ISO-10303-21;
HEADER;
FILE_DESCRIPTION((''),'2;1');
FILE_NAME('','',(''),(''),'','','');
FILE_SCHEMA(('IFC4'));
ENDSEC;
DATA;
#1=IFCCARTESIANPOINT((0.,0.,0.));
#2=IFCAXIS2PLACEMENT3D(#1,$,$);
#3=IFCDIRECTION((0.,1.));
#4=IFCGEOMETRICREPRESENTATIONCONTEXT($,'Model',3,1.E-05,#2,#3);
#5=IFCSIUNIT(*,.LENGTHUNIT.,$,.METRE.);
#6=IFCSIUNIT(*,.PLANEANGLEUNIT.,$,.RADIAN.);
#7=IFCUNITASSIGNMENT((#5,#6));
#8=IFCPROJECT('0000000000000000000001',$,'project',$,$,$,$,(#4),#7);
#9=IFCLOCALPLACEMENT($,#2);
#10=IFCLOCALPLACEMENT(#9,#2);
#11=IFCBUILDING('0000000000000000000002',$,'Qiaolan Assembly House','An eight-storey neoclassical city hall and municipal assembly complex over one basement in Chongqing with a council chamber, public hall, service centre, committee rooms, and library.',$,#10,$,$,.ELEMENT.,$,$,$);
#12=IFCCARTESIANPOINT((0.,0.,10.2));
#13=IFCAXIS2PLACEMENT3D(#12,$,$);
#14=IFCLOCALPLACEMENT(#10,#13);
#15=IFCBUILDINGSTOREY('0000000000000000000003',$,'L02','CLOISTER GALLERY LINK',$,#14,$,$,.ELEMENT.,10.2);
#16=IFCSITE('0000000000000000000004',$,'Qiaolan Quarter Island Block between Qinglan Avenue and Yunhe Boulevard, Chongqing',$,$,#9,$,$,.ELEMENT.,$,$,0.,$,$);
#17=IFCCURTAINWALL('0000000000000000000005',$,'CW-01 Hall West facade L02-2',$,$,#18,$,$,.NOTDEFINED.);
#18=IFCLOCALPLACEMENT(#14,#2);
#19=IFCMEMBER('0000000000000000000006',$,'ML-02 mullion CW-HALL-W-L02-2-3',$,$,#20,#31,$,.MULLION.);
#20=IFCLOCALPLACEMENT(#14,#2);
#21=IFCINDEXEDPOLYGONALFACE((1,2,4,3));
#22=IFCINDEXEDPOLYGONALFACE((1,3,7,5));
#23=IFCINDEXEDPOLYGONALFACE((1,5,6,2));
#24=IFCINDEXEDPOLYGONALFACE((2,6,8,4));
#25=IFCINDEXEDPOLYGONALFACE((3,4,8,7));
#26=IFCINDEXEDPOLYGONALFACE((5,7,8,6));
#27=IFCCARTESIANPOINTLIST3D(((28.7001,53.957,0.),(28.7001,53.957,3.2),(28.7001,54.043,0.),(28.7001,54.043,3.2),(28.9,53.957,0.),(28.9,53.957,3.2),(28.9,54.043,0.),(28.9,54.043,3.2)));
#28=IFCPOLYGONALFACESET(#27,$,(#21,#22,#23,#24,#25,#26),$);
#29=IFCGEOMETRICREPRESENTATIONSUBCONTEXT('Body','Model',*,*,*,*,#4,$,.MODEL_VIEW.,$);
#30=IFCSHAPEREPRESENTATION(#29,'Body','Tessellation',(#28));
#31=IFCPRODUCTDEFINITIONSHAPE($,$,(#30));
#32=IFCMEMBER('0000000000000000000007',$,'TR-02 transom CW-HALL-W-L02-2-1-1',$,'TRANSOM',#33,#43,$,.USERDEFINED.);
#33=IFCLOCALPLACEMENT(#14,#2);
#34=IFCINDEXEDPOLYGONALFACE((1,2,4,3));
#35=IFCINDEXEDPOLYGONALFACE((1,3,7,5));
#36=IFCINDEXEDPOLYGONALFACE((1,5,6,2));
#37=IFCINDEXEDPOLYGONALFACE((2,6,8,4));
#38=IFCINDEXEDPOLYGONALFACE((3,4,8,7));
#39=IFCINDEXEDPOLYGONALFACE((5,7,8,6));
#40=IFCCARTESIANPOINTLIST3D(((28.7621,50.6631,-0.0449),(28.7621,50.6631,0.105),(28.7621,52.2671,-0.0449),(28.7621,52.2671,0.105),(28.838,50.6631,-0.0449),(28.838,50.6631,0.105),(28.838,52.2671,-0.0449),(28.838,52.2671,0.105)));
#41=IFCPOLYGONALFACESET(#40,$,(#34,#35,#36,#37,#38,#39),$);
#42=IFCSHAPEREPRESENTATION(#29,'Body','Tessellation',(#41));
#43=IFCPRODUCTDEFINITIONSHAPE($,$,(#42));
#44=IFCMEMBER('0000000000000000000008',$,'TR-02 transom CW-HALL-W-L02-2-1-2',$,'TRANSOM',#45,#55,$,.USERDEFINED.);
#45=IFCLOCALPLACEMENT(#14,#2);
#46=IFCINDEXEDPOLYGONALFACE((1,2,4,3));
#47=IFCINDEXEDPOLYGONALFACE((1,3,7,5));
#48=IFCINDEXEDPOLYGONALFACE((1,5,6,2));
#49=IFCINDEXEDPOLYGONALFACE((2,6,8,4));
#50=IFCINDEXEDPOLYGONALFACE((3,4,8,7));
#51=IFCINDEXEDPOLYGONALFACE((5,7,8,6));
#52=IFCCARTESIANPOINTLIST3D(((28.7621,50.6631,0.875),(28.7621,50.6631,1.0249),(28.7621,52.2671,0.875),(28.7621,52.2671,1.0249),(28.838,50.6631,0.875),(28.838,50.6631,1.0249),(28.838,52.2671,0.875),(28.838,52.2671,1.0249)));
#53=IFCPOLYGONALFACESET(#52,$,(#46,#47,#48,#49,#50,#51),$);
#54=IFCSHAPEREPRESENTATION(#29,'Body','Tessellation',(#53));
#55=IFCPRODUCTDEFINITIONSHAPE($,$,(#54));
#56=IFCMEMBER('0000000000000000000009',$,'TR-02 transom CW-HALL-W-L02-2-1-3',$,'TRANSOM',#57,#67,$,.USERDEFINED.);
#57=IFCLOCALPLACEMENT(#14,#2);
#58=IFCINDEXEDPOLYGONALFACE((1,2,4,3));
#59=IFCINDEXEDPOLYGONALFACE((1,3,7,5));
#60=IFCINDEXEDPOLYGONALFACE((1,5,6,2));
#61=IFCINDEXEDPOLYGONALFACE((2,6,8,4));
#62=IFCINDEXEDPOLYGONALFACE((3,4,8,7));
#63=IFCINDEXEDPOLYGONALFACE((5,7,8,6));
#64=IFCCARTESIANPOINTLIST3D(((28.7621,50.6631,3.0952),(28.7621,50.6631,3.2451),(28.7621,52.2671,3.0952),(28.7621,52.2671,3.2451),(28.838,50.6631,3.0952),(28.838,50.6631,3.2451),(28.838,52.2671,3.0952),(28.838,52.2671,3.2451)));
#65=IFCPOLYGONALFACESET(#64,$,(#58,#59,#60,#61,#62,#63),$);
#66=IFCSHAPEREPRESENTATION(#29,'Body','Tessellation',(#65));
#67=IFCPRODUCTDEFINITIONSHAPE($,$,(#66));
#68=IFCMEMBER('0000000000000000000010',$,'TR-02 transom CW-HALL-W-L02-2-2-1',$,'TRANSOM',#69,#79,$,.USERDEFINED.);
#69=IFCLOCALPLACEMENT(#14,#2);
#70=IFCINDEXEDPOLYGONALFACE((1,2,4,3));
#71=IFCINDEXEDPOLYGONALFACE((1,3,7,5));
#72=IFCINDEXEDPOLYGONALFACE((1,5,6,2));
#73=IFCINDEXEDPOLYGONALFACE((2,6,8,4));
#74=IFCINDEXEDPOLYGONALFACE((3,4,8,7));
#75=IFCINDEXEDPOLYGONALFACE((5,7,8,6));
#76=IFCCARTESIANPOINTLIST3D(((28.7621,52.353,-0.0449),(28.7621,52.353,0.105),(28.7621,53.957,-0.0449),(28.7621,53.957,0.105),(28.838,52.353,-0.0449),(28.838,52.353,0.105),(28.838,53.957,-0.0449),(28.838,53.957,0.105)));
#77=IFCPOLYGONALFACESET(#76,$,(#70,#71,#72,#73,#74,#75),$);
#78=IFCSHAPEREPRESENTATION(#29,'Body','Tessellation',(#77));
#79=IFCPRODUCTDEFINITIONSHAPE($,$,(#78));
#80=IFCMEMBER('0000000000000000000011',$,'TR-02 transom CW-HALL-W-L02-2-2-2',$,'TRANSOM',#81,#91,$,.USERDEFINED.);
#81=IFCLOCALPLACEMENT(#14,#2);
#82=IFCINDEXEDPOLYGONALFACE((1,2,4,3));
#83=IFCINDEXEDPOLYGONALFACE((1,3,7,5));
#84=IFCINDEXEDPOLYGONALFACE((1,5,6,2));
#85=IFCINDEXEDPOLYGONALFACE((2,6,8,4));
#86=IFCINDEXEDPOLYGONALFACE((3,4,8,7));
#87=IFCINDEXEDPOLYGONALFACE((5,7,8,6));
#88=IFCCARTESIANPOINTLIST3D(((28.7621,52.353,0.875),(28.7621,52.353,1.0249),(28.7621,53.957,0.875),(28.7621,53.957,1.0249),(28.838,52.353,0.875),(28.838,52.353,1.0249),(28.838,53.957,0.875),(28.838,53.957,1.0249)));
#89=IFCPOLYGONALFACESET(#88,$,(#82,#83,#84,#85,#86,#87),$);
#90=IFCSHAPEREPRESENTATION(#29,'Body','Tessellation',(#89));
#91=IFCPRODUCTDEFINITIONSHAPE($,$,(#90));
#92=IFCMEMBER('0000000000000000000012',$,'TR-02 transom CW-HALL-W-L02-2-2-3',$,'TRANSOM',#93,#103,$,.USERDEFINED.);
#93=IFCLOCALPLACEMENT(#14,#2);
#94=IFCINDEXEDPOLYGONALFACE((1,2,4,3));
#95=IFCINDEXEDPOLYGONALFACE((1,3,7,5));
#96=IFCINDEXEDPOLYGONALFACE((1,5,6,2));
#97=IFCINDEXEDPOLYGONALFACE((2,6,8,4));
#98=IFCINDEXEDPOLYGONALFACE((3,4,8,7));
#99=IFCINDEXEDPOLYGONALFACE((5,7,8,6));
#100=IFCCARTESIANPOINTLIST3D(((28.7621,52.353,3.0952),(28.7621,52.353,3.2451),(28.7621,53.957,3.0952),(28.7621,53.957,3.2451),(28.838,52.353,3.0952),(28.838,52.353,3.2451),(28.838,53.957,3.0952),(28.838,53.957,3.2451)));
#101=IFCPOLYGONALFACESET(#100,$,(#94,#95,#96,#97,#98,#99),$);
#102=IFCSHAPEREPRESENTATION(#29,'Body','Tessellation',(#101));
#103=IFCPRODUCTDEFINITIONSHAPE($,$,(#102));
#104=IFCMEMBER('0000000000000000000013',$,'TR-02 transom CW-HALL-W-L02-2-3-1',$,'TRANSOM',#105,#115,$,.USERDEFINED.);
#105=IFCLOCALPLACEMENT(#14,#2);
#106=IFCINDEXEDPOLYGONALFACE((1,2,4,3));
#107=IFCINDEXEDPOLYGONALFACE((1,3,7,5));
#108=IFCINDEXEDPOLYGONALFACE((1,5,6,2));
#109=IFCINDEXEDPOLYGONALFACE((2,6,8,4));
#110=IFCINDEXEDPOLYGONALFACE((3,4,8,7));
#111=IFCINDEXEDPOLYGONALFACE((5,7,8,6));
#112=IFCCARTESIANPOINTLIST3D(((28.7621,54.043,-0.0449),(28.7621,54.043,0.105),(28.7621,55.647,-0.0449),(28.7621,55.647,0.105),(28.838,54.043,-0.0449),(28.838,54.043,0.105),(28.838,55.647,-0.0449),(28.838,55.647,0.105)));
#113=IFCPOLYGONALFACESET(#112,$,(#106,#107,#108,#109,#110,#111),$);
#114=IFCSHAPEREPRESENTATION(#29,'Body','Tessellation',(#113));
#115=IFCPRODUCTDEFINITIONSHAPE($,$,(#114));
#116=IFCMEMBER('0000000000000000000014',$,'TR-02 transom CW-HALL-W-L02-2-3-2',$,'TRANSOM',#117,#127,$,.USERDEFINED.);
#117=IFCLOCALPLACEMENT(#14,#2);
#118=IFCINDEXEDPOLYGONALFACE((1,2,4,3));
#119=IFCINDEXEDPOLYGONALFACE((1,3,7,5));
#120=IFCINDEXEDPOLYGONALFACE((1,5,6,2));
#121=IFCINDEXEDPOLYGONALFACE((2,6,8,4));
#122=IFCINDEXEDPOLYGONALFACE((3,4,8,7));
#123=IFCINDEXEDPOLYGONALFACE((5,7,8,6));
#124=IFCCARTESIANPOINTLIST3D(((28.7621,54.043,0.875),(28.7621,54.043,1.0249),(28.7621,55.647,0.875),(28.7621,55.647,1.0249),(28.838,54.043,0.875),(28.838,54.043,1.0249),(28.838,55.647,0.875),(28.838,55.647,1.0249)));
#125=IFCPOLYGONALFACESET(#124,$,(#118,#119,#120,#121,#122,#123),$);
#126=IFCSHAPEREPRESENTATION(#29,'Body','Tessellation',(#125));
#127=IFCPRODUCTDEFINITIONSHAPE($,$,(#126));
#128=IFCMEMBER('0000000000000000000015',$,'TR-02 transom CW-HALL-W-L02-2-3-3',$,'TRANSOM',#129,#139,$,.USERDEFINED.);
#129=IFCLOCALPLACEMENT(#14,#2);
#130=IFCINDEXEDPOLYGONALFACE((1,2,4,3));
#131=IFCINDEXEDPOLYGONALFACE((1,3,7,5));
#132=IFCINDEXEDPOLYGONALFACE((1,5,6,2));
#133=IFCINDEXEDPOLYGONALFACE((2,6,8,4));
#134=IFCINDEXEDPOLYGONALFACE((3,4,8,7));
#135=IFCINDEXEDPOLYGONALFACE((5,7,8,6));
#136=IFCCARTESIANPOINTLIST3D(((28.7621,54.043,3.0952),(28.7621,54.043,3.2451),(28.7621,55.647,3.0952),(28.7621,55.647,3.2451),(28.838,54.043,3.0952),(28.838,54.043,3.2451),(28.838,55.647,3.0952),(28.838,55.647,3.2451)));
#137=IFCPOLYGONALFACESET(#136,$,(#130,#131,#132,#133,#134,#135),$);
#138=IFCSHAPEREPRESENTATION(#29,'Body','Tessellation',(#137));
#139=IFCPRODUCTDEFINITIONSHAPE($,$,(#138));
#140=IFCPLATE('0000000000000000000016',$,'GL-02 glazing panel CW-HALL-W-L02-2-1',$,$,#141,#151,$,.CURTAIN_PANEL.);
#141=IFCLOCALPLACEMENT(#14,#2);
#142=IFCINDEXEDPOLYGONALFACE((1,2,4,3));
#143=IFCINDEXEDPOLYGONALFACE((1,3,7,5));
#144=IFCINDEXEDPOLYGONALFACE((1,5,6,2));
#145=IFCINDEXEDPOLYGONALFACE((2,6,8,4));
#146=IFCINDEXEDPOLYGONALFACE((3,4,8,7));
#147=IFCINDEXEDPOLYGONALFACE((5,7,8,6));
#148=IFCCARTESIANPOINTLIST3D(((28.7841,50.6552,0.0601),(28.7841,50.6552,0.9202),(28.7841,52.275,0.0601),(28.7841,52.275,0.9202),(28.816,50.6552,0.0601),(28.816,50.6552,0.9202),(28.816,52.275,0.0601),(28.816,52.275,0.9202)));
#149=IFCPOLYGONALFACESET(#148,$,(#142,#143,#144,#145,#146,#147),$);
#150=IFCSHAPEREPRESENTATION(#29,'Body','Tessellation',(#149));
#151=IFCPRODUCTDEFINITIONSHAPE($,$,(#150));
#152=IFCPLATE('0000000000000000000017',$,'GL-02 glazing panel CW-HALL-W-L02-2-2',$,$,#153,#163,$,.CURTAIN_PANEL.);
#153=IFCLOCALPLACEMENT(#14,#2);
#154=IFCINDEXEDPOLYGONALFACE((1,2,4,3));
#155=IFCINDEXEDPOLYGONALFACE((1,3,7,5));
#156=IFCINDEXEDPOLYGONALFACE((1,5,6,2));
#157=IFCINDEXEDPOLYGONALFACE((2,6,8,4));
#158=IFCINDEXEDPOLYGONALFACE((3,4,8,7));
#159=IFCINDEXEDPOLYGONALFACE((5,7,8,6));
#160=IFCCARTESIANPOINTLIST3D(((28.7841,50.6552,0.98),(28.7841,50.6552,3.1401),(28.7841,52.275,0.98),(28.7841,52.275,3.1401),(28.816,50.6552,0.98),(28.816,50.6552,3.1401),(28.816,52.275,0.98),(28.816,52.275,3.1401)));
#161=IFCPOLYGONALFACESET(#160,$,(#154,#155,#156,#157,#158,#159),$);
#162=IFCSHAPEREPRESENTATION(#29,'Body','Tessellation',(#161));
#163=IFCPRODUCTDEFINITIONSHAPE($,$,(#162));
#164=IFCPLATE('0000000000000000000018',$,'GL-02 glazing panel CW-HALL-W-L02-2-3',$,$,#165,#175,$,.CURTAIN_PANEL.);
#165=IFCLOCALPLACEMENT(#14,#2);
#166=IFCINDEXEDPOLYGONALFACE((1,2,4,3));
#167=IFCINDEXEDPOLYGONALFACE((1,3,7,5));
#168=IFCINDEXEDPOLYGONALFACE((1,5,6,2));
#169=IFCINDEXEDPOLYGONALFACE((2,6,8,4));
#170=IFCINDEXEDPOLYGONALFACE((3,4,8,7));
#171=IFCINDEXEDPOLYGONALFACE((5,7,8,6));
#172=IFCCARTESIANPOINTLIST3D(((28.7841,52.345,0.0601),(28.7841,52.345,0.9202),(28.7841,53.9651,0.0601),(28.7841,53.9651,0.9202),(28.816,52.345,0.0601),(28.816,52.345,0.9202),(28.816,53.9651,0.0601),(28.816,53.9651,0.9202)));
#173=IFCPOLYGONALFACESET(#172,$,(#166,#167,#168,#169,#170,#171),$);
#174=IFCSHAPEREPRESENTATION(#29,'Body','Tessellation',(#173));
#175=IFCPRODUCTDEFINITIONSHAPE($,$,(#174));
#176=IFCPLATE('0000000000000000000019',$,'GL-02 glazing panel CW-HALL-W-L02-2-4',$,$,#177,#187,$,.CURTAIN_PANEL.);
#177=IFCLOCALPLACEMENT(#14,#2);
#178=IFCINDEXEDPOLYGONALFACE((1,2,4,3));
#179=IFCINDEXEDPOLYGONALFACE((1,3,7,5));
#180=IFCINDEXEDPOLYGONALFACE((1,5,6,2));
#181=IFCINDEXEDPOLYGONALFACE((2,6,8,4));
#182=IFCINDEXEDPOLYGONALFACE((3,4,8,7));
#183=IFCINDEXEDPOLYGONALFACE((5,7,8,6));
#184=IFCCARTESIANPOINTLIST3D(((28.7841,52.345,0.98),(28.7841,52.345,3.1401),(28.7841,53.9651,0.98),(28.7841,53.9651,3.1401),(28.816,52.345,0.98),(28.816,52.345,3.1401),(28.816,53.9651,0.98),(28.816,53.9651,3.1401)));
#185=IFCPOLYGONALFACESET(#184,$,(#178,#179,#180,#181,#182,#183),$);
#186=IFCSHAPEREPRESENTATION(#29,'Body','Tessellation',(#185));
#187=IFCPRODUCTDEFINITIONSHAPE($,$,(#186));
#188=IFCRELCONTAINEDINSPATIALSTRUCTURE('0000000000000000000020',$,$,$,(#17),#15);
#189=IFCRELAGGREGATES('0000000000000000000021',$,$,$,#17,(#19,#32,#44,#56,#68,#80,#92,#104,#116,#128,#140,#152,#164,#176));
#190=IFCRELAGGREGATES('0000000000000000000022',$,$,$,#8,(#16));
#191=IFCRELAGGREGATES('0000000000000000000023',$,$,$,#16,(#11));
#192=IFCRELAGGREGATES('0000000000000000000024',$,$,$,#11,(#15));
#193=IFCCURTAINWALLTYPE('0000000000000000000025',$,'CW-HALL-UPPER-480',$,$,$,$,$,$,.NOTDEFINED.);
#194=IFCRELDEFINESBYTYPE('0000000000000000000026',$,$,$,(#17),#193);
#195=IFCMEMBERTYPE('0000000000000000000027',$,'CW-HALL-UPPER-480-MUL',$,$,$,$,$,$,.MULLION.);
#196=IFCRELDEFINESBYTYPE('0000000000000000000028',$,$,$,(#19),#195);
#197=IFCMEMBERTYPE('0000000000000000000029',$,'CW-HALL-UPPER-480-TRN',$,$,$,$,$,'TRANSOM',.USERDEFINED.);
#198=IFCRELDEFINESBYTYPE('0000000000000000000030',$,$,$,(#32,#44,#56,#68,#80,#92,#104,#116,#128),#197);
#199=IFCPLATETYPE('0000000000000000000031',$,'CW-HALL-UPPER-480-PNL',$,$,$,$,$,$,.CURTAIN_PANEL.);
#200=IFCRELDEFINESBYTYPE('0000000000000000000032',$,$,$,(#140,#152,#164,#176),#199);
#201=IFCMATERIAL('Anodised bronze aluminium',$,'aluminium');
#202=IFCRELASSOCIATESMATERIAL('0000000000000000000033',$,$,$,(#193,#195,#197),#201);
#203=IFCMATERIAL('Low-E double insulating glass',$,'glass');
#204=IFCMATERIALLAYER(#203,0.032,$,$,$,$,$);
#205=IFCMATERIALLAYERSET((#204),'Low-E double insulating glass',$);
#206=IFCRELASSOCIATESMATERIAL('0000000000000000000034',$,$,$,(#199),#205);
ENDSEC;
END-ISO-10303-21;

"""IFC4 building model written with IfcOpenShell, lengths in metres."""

from ifc_helpers import new_model, si_unit, direction, frame, frame_2d, origin, origin_2d, place, context, subcontext, project, spatial, rectangle, extrude, material, layer, layer_set, material_profile, profile_set, type_object, element, aggregate, save


model = new_model("IFC4")

# Units and contexts
model_context = context("Model", 3, precision=1e-05, world=origin(), true_north=direction((0.0, 1.0)))
body_context = subcontext(model_context, "Body", "Model", "MODEL_VIEW")
ifc_project = project(units=[si_unit("LENGTHUNIT", "METRE"), si_unit("PLANEANGLEUNIT", "RADIAN")], contexts=[model_context])

# Site, building, storey
site_placement = place(None, origin())
site = spatial("IfcSite", under=ifc_project, at=site_placement, Name="Qiaolan Quarter Island Block between Qinglan Avenue and Yunhe Boulevard, Chongqing", CompositionType="ELEMENT", RefElevation=0.0)
building_placement = place(site_placement, origin())
building = spatial("IfcBuilding", under=site, at=building_placement, Name="Qiaolan Assembly House", Description="An eight-storey neoclassical city hall and municipal assembly complex over one basement in Chongqing with a council chamber, public hall, service centre, committee rooms, and library.", CompositionType="ELEMENT")
storey_placement = place(building_placement, frame((0.0, 0.0, 10.2)))
storey = spatial("IfcBuildingStorey", under=building, at=storey_placement, Name="L02", Description="CLOISTER GALLERY LINK", CompositionType="ELEMENT", Elevation=10.2)

# Shared definitions
ifc_material_1 = material(Name="Anodised bronze aluminium", Category="aluminium")
curtain_wall_type = type_object("IfcCurtainWallType", Name="CW-HALL-UPPER-480", PredefinedType="NOTDEFINED", material=ifc_material_1)
ifc_material_profile_1 = material_profile(ifc_material_1, rectangle(XDim=0.0859, YDim=0.2, at=origin_2d()), Name="MUL 86x200")
ifc_profile_set_1 = profile_set([ifc_material_profile_1], Name="Anodised bronze aluminium")
member_type_1 = type_object("IfcMemberType", Name="CW-HALL-UPPER-480-MUL", PredefinedType="MULLION", material=ifc_profile_set_1)

# Curtain wall, members, plates
curtain_wall_1_placement = place(storey_placement, origin())
curtain_wall_1 = element("IfcCurtainWall", 1, at=curtain_wall_1_placement, inside=storey, type_object=curtain_wall_type, Name="CW-01 Hall West facade L02-2", PredefinedType="NOTDEFINED")
member_1_placement = place(storey_placement, frame((28.8, 54.0, 0.0), z_axis=(0.0, 0.0, 1.0), x_axis=(0.0, 1.0, 0.0)))
member_1 = element("IfcMember", 2, at=member_1_placement, type_object=member_type_1, Name="ML-02 mullion CW-HALL-W-L02-2-3", PredefinedType="MULLION", context=body_context, shape_type="SweptSolid", body=[
    extrude(rectangle(XDim=0.0859, YDim=0.2, at=origin_2d()), origin(), (0.0, 0.0, 1.0), 3.2),
])
ifc_material_profile_2 = material_profile(ifc_material_1, rectangle(XDim=0.0759, YDim=0.1499, at=origin_2d()), Name="TRN 76x150")
ifc_profile_set_2 = profile_set([ifc_material_profile_2], Name="Anodised bronze aluminium")
member_type_2 = type_object("IfcMemberType", Name="CW-HALL-UPPER-480-TRN", ElementType="TRANSOM", PredefinedType="USERDEFINED", material=ifc_profile_set_2)
member_2_placement = place(storey_placement, frame((28.8, 50.6631, 0.03), z_axis=(0.0, 1.0, 0.0), x_axis=(-1.0, 0.0, 0.0)))
member_2 = element("IfcMember", 3, at=member_2_placement, type_object=member_type_2, Name="TR-02 transom CW-HALL-W-L02-2-1-1", ObjectType="TRANSOM", PredefinedType="USERDEFINED", context=body_context, shape_type="SweptSolid", body=[
    extrude(rectangle(XDim=0.0759, YDim=0.1499, at=origin_2d()), origin(), (0.0, 0.0, 1.0), 1.604),
])
member_3_placement = place(storey_placement, frame((28.8, 50.6631, 0.95), z_axis=(0.0, 1.0, 0.0), x_axis=(-1.0, 0.0, 0.0)))
member_3 = element("IfcMember", 4, at=member_3_placement, type_object=member_type_2, Name="TR-02 transom CW-HALL-W-L02-2-1-2", ObjectType="TRANSOM", PredefinedType="USERDEFINED", context=body_context, shape_type="SweptSolid", body=[
    extrude(rectangle(XDim=0.0759, YDim=0.1499, at=origin_2d()), origin(), (0.0, 0.0, 1.0), 1.604),
])
member_4_placement = place(storey_placement, frame((28.8, 50.6631, 3.1702), z_axis=(0.0, 1.0, 0.0), x_axis=(-1.0, 0.0, 0.0)))
member_4 = element("IfcMember", 5, at=member_4_placement, type_object=member_type_2, Name="TR-02 transom CW-HALL-W-L02-2-1-3", ObjectType="TRANSOM", PredefinedType="USERDEFINED", context=body_context, shape_type="SweptSolid", body=[
    extrude(rectangle(XDim=0.0759, YDim=0.1499, at=origin_2d()), origin(), (0.0, 0.0, 1.0), 1.604),
])
member_5_placement = place(storey_placement, frame((28.8, 52.353, 0.03), z_axis=(0.0, 1.0, 0.0), x_axis=(-1.0, 0.0, 0.0)))
member_5 = element("IfcMember", 6, at=member_5_placement, type_object=member_type_2, Name="TR-02 transom CW-HALL-W-L02-2-2-1", ObjectType="TRANSOM", PredefinedType="USERDEFINED", context=body_context, shape_type="SweptSolid", body=[
    extrude(rectangle(XDim=0.0759, YDim=0.1499, at=origin_2d()), origin(), (0.0, 0.0, 1.0), 1.604),
])
member_6_placement = place(storey_placement, frame((28.8, 52.353, 0.95), z_axis=(0.0, 1.0, 0.0), x_axis=(-1.0, 0.0, 0.0)))
member_6 = element("IfcMember", 7, at=member_6_placement, type_object=member_type_2, Name="TR-02 transom CW-HALL-W-L02-2-2-2", ObjectType="TRANSOM", PredefinedType="USERDEFINED", context=body_context, shape_type="SweptSolid", body=[
    extrude(rectangle(XDim=0.0759, YDim=0.1499, at=origin_2d()), origin(), (0.0, 0.0, 1.0), 1.604),
])
member_7_placement = place(storey_placement, frame((28.8, 52.353, 3.1702), z_axis=(0.0, 1.0, 0.0), x_axis=(-1.0, 0.0, 0.0)))
member_7 = element("IfcMember", 8, at=member_7_placement, type_object=member_type_2, Name="TR-02 transom CW-HALL-W-L02-2-2-3", ObjectType="TRANSOM", PredefinedType="USERDEFINED", context=body_context, shape_type="SweptSolid", body=[
    extrude(rectangle(XDim=0.0759, YDim=0.1499, at=origin_2d()), origin(), (0.0, 0.0, 1.0), 1.604),
])
member_8_placement = place(storey_placement, frame((28.8, 54.043, 0.03), z_axis=(0.0, 1.0, 0.0), x_axis=(-1.0, 0.0, 0.0)))
member_8 = element("IfcMember", 9, at=member_8_placement, type_object=member_type_2, Name="TR-02 transom CW-HALL-W-L02-2-3-1", ObjectType="TRANSOM", PredefinedType="USERDEFINED", context=body_context, shape_type="SweptSolid", body=[
    extrude(rectangle(XDim=0.0759, YDim=0.1499, at=origin_2d()), origin(), (0.0, 0.0, 1.0), 1.604),
])
member_9_placement = place(storey_placement, frame((28.8, 54.043, 0.95), z_axis=(0.0, 1.0, 0.0), x_axis=(-1.0, 0.0, 0.0)))
member_9 = element("IfcMember", 10, at=member_9_placement, type_object=member_type_2, Name="TR-02 transom CW-HALL-W-L02-2-3-2", ObjectType="TRANSOM", PredefinedType="USERDEFINED", context=body_context, shape_type="SweptSolid", body=[
    extrude(rectangle(XDim=0.0759, YDim=0.1499, at=origin_2d()), origin(), (0.0, 0.0, 1.0), 1.604),
])
member_10_placement = place(storey_placement, frame((28.8, 54.043, 3.1702), z_axis=(0.0, 1.0, 0.0), x_axis=(-1.0, 0.0, 0.0)))
member_10 = element("IfcMember", 11, at=member_10_placement, type_object=member_type_2, Name="TR-02 transom CW-HALL-W-L02-2-3-3", ObjectType="TRANSOM", PredefinedType="USERDEFINED", context=body_context, shape_type="SweptSolid", body=[
    extrude(rectangle(XDim=0.0759, YDim=0.1499, at=origin_2d()), origin(), (0.0, 0.0, 1.0), 1.604),
])
ifc_material_2 = material(Name="Low-E double insulating glass", Category="glass")
ifc_layer = layer(ifc_material_2, 0.032)
ifc_layer_set = layer_set([ifc_layer], Name="Low-E double insulating glass")
plate_type = type_object("IfcPlateType", Name="CW-HALL-UPPER-480-PNL", PredefinedType="CURTAIN_PANEL", material=ifc_layer_set)
plate_1_placement = place(storey_placement, frame((28.8, 50.655, 0.0601), z_axis=(0.0, 0.0, 1.0), x_axis=(0.0, 1.0, 0.0)))
plate_1 = element("IfcPlate", 12, at=plate_1_placement, type_object=plate_type, Name="GL-02 glazing panel CW-HALL-W-L02-2-1", PredefinedType="CURTAIN_PANEL", context=body_context, shape_type="SweptSolid", body=[
    extrude(rectangle(XDim=1.6199, YDim=0.032, at=frame_2d((0.8101, 0.0))), origin(), (0.0, 0.0, 1.0), 0.8601),
])
plate_2_placement = place(storey_placement, frame((28.8, 50.655, 0.98), z_axis=(0.0, 0.0, 1.0), x_axis=(0.0, 1.0, 0.0)))
plate_2 = element("IfcPlate", 13, at=plate_2_placement, type_object=plate_type, Name="GL-02 glazing panel CW-HALL-W-L02-2-2", PredefinedType="CURTAIN_PANEL", context=body_context, shape_type="SweptSolid", body=[
    extrude(rectangle(XDim=1.6199, YDim=0.032, at=frame_2d((0.8101, 0.0))), origin(), (0.0, 0.0, 1.0), 2.1602),
])
plate_3_placement = place(storey_placement, frame((28.8, 52.345, 0.0601), z_axis=(0.0, 0.0, 1.0), x_axis=(0.0, 1.0, 0.0)))
plate_3 = element("IfcPlate", 14, at=plate_3_placement, type_object=plate_type, Name="GL-02 glazing panel CW-HALL-W-L02-2-3", PredefinedType="CURTAIN_PANEL", context=body_context, shape_type="SweptSolid", body=[
    extrude(rectangle(XDim=1.6201, YDim=0.032, at=frame_2d((0.8101, 0.0))), origin(), (0.0, 0.0, 1.0), 0.8601),
])
plate_4_placement = place(storey_placement, frame((28.8, 52.345, 0.98), z_axis=(0.0, 0.0, 1.0), x_axis=(0.0, 1.0, 0.0)))
plate_4 = element("IfcPlate", 15, at=plate_4_placement, type_object=plate_type, Name="GL-02 glazing panel CW-HALL-W-L02-2-4", PredefinedType="CURTAIN_PANEL", context=body_context, shape_type="SweptSolid", body=[
    extrude(rectangle(XDim=1.6201, YDim=0.032, at=frame_2d((0.8101, 0.0))), origin(), (0.0, 0.0, 1.0), 2.1602),
])
aggregate(curtain_wall_1, [member_1, member_2, member_3, member_4, member_5, member_6, member_7, member_8, member_9, member_10, plate_1, plate_2, plate_3, plate_4])

save(model, "model.ifc")
